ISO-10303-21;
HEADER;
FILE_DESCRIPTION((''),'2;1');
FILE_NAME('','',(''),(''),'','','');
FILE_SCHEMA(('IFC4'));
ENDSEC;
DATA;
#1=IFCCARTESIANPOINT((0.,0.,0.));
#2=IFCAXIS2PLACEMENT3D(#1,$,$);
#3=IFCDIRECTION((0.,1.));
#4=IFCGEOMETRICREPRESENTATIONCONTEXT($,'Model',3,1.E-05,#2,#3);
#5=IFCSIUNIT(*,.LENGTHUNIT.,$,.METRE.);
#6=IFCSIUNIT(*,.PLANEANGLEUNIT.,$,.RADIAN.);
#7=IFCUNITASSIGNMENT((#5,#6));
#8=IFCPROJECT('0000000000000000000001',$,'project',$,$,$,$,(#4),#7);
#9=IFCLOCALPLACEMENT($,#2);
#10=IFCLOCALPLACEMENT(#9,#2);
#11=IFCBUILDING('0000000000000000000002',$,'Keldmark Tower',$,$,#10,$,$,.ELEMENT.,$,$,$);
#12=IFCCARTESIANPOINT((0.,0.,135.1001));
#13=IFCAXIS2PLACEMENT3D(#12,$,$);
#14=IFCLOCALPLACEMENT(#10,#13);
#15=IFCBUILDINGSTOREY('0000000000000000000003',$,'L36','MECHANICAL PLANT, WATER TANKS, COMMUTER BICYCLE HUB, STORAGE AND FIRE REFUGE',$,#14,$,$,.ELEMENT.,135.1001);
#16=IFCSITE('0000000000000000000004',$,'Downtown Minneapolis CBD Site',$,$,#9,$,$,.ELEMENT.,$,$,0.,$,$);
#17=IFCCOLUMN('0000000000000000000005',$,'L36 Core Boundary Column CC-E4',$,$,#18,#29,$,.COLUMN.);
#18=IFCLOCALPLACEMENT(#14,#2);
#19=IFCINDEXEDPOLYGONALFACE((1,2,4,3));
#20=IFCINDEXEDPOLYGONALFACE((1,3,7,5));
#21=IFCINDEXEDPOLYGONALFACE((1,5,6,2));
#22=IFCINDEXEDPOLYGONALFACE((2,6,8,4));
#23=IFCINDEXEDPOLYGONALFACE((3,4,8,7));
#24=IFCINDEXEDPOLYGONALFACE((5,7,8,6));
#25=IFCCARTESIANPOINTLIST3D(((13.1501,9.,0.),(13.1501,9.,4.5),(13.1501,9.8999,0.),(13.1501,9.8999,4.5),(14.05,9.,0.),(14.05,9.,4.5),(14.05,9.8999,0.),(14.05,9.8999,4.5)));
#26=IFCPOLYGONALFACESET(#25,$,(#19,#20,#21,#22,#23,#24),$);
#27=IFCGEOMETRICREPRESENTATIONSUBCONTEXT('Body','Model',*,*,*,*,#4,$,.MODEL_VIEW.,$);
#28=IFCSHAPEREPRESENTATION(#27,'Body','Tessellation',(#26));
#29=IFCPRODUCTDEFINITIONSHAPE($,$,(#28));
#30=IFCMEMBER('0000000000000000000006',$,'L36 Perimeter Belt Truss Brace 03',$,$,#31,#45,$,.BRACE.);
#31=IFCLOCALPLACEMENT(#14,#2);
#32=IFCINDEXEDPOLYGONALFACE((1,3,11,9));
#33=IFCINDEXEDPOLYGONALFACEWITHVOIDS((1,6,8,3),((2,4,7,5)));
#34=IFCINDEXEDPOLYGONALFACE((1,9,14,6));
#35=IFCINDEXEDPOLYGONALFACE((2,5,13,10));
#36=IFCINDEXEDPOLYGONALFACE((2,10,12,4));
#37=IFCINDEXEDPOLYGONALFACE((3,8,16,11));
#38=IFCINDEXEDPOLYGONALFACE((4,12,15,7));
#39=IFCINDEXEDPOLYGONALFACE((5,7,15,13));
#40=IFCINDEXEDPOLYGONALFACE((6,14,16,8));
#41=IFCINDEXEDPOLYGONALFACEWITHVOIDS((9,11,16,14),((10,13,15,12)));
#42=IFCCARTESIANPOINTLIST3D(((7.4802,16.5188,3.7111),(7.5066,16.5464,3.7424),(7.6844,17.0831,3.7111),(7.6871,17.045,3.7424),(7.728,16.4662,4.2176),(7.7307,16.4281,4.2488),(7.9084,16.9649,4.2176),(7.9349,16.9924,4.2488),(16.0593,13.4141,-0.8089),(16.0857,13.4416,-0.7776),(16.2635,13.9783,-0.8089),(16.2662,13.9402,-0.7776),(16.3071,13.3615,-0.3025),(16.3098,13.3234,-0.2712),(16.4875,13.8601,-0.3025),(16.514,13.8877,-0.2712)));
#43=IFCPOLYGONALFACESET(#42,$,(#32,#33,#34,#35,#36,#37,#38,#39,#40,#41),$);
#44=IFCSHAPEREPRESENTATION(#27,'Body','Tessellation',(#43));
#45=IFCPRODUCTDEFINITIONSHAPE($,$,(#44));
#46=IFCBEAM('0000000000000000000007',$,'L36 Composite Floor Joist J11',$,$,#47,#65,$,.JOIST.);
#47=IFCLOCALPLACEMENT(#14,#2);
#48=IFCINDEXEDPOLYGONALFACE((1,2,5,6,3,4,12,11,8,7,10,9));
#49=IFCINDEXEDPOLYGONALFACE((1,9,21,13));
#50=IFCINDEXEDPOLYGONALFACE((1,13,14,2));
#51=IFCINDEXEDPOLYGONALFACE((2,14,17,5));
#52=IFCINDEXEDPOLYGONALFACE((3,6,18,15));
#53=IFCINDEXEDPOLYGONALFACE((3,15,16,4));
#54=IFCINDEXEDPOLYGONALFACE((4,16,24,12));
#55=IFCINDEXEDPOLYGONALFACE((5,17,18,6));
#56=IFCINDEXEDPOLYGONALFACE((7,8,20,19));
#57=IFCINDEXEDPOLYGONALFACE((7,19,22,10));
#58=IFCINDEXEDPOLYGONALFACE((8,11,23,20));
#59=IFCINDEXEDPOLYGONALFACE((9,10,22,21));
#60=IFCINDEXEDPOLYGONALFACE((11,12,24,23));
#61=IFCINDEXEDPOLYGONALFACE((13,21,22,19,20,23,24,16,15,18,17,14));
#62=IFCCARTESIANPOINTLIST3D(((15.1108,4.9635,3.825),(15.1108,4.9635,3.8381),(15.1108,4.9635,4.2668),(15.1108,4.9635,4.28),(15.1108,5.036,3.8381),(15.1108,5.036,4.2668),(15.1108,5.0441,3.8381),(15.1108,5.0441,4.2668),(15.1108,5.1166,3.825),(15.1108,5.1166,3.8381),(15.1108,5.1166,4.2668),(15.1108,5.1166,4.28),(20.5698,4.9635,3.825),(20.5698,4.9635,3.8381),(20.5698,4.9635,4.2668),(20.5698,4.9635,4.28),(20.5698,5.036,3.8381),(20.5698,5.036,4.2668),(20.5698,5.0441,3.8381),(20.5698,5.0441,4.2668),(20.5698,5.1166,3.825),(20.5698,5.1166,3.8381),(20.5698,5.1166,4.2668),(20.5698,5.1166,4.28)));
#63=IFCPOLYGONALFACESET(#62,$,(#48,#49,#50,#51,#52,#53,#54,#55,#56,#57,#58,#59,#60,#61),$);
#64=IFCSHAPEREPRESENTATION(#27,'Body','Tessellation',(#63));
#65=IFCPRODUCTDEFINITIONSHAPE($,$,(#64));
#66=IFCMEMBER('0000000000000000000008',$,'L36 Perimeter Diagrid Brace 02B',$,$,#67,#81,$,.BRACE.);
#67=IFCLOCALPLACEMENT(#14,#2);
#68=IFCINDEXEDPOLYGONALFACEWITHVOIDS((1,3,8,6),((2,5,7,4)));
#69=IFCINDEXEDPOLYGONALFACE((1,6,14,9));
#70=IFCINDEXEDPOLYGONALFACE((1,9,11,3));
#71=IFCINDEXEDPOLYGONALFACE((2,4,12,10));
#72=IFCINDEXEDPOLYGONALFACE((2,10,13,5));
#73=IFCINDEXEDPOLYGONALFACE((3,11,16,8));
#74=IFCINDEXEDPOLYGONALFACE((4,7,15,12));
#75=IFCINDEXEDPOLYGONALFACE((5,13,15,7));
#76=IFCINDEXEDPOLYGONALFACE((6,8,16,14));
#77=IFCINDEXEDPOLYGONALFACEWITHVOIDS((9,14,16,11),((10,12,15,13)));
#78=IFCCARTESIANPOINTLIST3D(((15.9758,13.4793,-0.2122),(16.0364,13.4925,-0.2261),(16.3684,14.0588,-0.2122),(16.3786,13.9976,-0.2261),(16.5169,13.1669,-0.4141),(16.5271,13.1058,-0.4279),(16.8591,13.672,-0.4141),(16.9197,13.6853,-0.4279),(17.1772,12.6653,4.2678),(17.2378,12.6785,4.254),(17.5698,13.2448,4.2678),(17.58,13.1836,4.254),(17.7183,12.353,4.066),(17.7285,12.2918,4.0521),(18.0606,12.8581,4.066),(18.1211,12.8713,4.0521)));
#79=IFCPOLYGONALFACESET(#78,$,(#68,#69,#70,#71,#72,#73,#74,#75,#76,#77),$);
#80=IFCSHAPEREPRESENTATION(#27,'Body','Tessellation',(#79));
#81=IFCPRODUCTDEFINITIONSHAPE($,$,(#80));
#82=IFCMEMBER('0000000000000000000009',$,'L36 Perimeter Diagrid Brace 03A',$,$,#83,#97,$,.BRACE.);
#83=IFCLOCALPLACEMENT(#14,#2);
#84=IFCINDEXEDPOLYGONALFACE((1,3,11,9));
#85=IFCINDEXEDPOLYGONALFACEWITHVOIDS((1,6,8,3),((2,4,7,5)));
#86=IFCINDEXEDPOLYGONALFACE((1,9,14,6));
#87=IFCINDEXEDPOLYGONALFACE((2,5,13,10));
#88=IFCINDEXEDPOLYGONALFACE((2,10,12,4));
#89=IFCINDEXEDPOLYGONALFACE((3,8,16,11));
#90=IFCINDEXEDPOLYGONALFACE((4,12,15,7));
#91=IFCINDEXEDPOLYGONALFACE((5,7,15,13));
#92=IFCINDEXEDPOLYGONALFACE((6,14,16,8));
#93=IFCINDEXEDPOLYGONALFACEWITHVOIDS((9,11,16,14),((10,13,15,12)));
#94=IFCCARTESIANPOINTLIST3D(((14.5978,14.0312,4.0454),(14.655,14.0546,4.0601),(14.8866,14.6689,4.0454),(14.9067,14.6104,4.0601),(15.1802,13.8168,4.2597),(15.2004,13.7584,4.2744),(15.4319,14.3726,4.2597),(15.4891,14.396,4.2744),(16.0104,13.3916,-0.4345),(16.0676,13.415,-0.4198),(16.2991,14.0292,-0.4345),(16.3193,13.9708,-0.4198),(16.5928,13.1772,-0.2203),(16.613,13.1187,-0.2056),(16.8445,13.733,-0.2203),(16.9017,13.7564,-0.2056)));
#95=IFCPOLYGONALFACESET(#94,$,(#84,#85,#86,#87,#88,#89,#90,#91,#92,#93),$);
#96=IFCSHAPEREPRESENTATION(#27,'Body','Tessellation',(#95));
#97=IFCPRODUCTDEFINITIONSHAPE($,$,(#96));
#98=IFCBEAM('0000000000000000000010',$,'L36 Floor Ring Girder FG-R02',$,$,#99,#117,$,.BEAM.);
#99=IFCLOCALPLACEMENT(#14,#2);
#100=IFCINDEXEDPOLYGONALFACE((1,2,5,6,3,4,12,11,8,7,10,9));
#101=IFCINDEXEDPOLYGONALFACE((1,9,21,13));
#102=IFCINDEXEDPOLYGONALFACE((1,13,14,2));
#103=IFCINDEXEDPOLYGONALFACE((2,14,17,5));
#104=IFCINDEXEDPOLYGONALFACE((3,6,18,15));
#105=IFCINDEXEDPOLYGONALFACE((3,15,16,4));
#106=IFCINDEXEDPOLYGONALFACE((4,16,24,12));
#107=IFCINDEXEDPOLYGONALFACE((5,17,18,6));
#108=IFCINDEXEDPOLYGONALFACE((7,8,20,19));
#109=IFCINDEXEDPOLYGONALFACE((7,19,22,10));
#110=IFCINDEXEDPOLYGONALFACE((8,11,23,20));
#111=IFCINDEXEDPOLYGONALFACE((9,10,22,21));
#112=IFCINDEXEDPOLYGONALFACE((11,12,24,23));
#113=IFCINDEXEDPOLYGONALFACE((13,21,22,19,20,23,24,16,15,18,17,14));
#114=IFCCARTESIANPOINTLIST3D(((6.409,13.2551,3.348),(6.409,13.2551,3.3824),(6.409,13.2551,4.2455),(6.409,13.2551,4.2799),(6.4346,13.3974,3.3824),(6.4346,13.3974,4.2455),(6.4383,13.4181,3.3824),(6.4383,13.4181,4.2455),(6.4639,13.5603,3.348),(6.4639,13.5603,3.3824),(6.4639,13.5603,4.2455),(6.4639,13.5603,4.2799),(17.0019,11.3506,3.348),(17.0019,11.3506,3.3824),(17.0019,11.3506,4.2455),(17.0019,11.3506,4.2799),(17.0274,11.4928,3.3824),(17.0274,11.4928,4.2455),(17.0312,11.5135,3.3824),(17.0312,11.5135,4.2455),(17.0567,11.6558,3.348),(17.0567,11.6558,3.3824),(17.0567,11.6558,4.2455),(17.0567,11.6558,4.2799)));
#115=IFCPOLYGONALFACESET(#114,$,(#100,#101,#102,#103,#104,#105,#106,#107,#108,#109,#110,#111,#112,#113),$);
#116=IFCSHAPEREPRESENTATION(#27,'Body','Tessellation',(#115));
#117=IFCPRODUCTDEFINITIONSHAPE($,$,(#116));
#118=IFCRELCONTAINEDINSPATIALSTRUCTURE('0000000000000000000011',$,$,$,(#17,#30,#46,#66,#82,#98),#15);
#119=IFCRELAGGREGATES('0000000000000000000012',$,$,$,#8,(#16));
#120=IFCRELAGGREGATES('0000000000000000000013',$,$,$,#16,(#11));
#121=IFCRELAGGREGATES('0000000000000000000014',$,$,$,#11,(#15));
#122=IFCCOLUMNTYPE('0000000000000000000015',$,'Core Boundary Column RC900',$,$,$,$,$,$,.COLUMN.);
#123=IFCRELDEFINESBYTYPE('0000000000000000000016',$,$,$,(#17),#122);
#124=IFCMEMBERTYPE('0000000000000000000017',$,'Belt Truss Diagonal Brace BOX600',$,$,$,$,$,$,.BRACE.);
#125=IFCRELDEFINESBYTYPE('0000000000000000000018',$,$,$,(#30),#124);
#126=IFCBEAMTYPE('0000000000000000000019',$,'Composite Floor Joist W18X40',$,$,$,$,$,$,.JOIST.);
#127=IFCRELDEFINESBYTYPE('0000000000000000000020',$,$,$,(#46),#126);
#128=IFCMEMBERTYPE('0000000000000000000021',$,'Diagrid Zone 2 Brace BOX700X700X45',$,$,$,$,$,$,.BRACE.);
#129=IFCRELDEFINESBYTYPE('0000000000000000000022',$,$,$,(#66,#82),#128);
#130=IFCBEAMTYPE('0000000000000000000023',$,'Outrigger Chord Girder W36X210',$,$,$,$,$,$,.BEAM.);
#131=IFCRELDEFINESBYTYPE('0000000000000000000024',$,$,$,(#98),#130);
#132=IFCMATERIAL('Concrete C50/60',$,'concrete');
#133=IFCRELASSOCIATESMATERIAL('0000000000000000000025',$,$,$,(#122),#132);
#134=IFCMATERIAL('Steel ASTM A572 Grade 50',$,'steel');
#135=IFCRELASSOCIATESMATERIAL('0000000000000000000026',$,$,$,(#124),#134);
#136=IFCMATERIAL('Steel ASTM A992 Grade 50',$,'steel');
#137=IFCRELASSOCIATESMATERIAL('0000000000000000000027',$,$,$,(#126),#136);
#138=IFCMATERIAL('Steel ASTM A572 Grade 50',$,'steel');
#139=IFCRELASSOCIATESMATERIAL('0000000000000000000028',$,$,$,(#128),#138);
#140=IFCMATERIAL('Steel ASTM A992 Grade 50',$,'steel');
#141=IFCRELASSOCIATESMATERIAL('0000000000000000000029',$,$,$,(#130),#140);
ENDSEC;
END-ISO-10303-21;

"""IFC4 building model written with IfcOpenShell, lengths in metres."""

from ifc_helpers import new_model, si_unit, direction, frame, origin, origin_2d, place, context, subcontext, project, spatial, rectangle, hollow_rectangle, i_section, extrude, material, material_profile, profile_set, type_object, element, save


model = new_model("IFC4")

# Units and contexts
model_context = context("Model", 3, precision=1e-05, world=origin(), true_north=direction((0.0, 1.0)))
body_context = subcontext(model_context, "Body", "Model", "MODEL_VIEW")
ifc_project = project(units=[si_unit("LENGTHUNIT", "METRE"), si_unit("PLANEANGLEUNIT", "RADIAN")], contexts=[model_context])

# Site, building, storey
site_placement = place(None, origin())
site = spatial("IfcSite", under=ifc_project, at=site_placement, Name="Downtown Minneapolis CBD Site", CompositionType="ELEMENT", RefElevation=0.0)
building_placement = place(site_placement, origin())
building = spatial("IfcBuilding", under=site, at=building_placement, Name="Keldmark Tower", CompositionType="ELEMENT")
storey_placement = place(building_placement, frame((0.0, 0.0, 135.1001)))
storey = spatial("IfcBuildingStorey", under=building, at=storey_placement, Name="L36", Description="MECHANICAL PLANT, WATER TANKS, COMMUTER BICYCLE HUB, STORAGE AND FIRE REFUGE", CompositionType="ELEMENT", Elevation=135.1001)

# Column
ifc_material_1 = material(Name="Concrete C50/60", Category="concrete")
ifc_material_profile_1 = material_profile(ifc_material_1, rectangle(XDim=0.8999, YDim=0.8999, at=origin_2d()), Name="RC900X900")
ifc_profile_set_1 = profile_set([ifc_material_profile_1], Name="Concrete C50/60")
column_type = type_object("IfcColumnType", Name="Core Boundary Column RC900", PredefinedType="COLUMN", material=ifc_profile_set_1)
column_placement = place(storey_placement, frame((13.6001, 9.45, 0.0), z_axis=(0.0, 0.0, 1.0), x_axis=(1.0, 0.0, 0.0)))
element("IfcColumn", 1, at=column_placement, inside=storey, type_object=column_type, Name="L36 Core Boundary Column CC-E4", PredefinedType="COLUMN", context=body_context, shape_type="SweptSolid", body=[
    extrude(rectangle(XDim=0.8999, YDim=0.8999, at=origin_2d()), origin(), (0.0, 0.0, 1.0), 4.5),
])

# Member
ifc_material_2 = material(Name="Steel ASTM A572 Grade 50", Category="steel")
ifc_material_profile_2 = material_profile(ifc_material_2, hollow_rectangle(XDim=0.6001, YDim=0.6001, WallThickness=0.0349, at=origin_2d()), Name="BOX600X600X35")
ifc_profile_set_2 = profile_set([ifc_material_profile_2], Name="Steel ASTM A572 Grade 50")
member_type_1 = type_object("IfcMemberType", Name="Belt Truss Diagonal Brace BOX600", PredefinedType="BRACE", material=ifc_profile_set_2)
member_1_placement = place(storey_placement, frame((16.2866, 13.6509, -0.54), z_axis=(-0.842584, 0.304927, 0.443927), x_axis=(-0.340297, -0.940318, 0.0)))
element("IfcMember", 2, at=member_1_placement, inside=storey, type_object=member_type_1, Name="L36 Perimeter Belt Truss Brace 03", PredefinedType="BRACE", context=body_context, shape_type="SweptSolid", body=[
    extrude(hollow_rectangle(XDim=0.6001, YDim=0.6001, WallThickness=0.0349, at=origin_2d()), origin(), (0.0, 0.0, 1.0), 10.1819),
])

# Beam
ifc_material_3 = material(Name="Steel ASTM A992 Grade 50", Category="steel")
ifc_material_profile_3 = material_profile(ifc_material_3, i_section(OverallWidth=0.1531, OverallDepth=0.4551, WebThickness=0.0081, FlangeThickness=0.0132, at=origin_2d()), Name="W18X40")
ifc_profile_set_3 = profile_set([ifc_material_profile_3], Name="Steel ASTM A992 Grade 50")
beam_type_1 = type_object("IfcBeamType", Name="Composite Floor Joist W18X40", PredefinedType="JOIST", material=ifc_profile_set_3)
beam_1_placement = place(storey_placement, frame((15.1108, 5.04, 4.0525), z_axis=(1.0, 0.0, 0.0), x_axis=(0.0, 1.0, 0.0)))
element("IfcBeam", 3, at=beam_1_placement, inside=storey, type_object=beam_type_1, Name="L36 Composite Floor Joist J11", PredefinedType="JOIST", context=body_context, shape_type="SweptSolid", body=[
    extrude(i_section(OverallWidth=0.1531, OverallDepth=0.4551, WebThickness=0.0081, FlangeThickness=0.0132, at=origin_2d()), origin(), (0.0, 0.0, 1.0), 5.459),
])

# Members
ifc_material_4 = material(Name="Steel ASTM A572 Grade 50", Category="steel")
ifc_material_profile_4 = material_profile(ifc_material_4, hollow_rectangle(XDim=0.7, YDim=0.7, WallThickness=0.0449, at=origin_2d()), Name="BOX700X700X45")
ifc_profile_set_4 = profile_set([ifc_material_profile_4], Name="Steel ASTM A572 Grade 50")
member_type_2 = type_object("IfcMemberType", Name="Diagrid Zone 2 Brace BOX700X700X45", PredefinedType="BRACE", material=ifc_profile_set_4)
member_2_placement = place(storey_placement, frame((16.4478, 13.5823, -0.3201), z_axis=(0.255123, -0.172847, 0.951334), x_axis=(0.560897, 0.827886, 0.0)))
element("IfcMember", 4, at=member_2_placement, inside=storey, type_object=member_type_2, Name="L36 Perimeter Diagrid Brace 02B", PredefinedType="BRACE", context=body_context, shape_type="SweptSolid", body=[
    extrude(hollow_rectangle(XDim=0.7, YDim=0.7, WallThickness=0.0449, at=origin_2d()), origin(), (0.0, 0.0, 1.0), 4.7092),
])
member_3_placement = place(storey_placement, frame((16.4561, 13.574, -0.3201), z_axis=(-0.297969, 0.134925, 0.944992), x_axis=(-0.412498, -0.910959, 0.0)))
element("IfcMember", 5, at=member_3_placement, inside=storey, type_object=member_type_2, Name="L36 Perimeter Diagrid Brace 03A", PredefinedType="BRACE", context=body_context, shape_type="SweptSolid", body=[
    extrude(hollow_rectangle(XDim=0.7, YDim=0.7, WallThickness=0.0449, at=origin_2d()), origin(), (0.0, 0.0, 1.0), 4.7407),
])

# Beam
ifc_material_5 = material(Name="Steel ASTM A992 Grade 50", Category="steel")
ifc_material_profile_5 = material_profile(ifc_material_5, i_section(OverallWidth=0.3101, OverallDepth=0.9319, WebThickness=0.021, FlangeThickness=0.0344, at=origin_2d()), Name="W36X210")
ifc_profile_set_5 = profile_set([ifc_material_profile_5], Name="Steel ASTM A992 Grade 50")
beam_type_2 = type_object("IfcBeamType", Name="Outrigger Chord Girder W36X210", PredefinedType="BEAM", material=ifc_profile_set_5)
beam_2_placement = place(storey_placement, frame((17.0293, 11.5032, 3.814), z_axis=(-0.984218, 0.176959, 0.0), x_axis=(-0.176959, -0.984218, 0.0)))
element("IfcBeam", 6, at=beam_2_placement, inside=storey, type_object=beam_type_2, Name="L36 Floor Ring Girder FG-R02", PredefinedType="BEAM", context=body_context, shape_type="SweptSolid", body=[
    extrude(i_section(OverallWidth=0.3101, OverallDepth=0.9319, WebThickness=0.021, FlangeThickness=0.0344, at=origin_2d()), origin(), (0.0, 0.0, 1.0), 10.7627),
])

save(model, "model.ifc")
